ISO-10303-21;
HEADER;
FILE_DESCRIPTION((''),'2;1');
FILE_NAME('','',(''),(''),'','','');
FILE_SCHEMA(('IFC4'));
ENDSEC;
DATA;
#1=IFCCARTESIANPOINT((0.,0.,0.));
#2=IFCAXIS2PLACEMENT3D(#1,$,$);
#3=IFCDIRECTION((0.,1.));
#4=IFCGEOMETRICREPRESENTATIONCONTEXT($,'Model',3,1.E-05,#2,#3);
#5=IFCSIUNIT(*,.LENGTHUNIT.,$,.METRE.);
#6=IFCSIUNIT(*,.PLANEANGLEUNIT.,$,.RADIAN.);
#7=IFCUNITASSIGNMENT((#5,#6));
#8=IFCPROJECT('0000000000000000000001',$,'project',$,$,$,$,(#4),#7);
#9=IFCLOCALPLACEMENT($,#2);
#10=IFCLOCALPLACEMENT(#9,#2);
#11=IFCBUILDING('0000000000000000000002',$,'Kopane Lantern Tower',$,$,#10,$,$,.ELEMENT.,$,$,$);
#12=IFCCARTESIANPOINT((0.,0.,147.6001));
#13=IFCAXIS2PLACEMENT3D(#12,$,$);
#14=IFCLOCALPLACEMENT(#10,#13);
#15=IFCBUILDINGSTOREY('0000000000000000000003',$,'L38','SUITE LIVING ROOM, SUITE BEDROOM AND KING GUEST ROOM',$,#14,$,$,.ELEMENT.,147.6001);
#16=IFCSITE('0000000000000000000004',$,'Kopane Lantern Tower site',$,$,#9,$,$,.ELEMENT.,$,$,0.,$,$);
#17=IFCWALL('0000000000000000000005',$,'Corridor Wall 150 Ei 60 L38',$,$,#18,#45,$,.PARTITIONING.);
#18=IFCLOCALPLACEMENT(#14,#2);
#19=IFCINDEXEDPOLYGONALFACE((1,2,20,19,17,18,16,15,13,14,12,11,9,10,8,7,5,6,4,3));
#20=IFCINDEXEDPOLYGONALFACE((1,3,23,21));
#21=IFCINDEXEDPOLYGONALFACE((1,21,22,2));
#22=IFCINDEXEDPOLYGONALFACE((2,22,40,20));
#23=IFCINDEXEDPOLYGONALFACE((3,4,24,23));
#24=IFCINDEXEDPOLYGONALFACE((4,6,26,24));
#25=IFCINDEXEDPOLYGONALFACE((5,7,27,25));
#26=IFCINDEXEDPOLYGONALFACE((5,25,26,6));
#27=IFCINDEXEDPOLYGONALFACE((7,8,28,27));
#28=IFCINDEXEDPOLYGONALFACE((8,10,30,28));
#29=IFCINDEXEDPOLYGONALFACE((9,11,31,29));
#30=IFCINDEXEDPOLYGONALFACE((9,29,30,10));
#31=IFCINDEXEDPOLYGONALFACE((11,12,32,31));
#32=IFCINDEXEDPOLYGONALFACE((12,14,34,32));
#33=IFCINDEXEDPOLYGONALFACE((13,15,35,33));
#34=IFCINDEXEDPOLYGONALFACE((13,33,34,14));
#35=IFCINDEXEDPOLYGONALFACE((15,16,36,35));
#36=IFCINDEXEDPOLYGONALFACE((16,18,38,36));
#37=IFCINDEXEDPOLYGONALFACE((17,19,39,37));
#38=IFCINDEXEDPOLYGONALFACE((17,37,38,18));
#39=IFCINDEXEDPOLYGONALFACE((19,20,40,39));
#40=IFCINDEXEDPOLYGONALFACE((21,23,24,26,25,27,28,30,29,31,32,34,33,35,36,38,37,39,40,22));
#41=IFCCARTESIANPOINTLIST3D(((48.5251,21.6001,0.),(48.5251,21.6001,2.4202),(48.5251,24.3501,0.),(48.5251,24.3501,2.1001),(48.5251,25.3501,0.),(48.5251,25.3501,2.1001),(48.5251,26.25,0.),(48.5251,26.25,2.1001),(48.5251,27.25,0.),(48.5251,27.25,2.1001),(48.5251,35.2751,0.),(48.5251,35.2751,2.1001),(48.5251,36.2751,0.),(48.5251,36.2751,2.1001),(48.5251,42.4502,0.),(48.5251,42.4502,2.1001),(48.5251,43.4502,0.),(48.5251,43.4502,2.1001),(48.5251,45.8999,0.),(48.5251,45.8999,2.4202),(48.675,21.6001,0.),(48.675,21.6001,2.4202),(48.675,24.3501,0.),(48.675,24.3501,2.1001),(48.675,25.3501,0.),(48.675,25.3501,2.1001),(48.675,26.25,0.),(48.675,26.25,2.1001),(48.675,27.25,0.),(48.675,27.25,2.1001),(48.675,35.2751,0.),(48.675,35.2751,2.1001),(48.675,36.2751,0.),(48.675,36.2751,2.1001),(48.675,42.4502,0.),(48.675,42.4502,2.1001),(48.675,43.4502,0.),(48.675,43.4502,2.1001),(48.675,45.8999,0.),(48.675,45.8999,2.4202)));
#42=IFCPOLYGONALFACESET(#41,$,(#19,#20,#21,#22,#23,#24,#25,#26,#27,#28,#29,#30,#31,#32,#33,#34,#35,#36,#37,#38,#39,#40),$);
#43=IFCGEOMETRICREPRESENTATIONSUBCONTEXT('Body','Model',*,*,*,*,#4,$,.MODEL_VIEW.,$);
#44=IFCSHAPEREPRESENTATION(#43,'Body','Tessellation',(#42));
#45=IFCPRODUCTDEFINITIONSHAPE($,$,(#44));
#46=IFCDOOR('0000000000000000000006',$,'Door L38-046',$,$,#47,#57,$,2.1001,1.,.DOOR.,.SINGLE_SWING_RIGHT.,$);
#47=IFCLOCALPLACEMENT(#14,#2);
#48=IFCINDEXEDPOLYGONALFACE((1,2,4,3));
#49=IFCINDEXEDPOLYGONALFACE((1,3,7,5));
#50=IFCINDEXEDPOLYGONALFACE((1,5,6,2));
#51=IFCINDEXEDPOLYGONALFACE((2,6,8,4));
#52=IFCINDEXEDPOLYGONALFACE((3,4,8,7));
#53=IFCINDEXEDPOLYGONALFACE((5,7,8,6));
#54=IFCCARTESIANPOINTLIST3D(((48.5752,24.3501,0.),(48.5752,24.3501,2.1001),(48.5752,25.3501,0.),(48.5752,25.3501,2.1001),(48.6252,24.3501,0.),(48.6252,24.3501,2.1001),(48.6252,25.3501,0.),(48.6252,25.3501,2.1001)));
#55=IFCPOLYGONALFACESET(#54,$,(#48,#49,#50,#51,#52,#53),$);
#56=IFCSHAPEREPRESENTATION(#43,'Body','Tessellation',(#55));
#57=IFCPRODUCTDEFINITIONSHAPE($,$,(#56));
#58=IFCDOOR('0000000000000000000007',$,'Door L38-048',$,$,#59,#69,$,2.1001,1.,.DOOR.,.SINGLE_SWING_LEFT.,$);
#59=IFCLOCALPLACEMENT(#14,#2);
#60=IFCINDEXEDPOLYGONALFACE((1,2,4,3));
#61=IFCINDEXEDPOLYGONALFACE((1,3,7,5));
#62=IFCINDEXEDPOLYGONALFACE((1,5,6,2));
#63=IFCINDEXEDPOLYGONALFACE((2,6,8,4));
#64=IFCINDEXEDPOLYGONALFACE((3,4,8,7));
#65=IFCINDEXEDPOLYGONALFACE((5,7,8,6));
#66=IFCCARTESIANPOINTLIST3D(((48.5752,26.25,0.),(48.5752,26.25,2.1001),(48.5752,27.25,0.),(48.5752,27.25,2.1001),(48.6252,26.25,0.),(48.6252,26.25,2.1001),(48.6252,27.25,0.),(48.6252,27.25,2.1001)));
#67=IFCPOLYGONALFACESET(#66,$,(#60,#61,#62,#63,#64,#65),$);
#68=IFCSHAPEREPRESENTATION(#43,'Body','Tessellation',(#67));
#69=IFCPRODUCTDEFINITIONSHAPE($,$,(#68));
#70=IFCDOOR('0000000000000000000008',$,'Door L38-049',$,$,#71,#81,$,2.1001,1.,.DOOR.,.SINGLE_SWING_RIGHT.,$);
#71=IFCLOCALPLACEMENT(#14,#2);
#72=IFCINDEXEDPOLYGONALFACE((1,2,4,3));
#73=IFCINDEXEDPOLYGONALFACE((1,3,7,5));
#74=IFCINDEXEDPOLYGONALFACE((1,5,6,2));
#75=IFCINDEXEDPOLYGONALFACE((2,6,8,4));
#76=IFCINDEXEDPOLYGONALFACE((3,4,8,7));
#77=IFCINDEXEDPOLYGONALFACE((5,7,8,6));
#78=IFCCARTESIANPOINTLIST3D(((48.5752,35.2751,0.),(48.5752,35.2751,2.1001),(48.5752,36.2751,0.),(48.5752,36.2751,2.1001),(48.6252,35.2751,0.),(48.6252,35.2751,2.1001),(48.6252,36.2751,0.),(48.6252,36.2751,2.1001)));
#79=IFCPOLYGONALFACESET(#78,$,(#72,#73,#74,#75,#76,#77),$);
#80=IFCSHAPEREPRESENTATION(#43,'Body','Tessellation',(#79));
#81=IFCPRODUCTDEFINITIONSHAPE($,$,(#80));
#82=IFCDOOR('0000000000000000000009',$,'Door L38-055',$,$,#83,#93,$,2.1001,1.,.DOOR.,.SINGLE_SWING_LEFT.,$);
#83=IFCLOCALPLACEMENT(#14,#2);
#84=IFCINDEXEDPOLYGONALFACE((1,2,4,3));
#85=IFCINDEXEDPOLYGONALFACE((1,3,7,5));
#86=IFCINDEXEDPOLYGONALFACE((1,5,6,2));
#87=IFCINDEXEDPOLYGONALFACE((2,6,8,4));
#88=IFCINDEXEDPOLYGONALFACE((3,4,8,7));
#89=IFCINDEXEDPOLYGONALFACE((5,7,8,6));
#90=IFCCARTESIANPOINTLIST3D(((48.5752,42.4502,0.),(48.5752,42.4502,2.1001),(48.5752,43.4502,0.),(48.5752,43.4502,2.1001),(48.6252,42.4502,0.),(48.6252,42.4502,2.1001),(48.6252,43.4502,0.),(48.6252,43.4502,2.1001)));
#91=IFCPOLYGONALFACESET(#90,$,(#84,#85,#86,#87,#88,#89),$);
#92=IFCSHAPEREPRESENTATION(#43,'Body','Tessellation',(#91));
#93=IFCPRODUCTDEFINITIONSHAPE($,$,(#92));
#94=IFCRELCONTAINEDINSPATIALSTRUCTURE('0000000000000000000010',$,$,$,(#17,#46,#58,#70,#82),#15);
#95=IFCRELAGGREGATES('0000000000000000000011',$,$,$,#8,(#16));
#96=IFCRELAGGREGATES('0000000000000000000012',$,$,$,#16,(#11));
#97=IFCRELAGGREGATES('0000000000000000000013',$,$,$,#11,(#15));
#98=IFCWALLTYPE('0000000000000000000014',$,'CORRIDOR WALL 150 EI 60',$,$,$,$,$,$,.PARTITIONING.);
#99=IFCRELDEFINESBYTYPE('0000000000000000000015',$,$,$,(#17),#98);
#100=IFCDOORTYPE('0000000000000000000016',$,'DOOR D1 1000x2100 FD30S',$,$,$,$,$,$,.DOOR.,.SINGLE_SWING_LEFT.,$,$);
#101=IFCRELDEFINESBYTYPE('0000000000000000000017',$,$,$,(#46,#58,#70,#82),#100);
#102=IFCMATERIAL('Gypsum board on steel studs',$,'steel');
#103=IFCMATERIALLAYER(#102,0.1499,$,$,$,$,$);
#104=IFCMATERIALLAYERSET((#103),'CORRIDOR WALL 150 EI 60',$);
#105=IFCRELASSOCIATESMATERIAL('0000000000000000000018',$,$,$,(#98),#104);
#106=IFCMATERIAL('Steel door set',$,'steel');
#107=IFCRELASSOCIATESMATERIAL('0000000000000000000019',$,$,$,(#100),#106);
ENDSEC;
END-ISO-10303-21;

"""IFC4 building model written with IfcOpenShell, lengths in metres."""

from ifc_helpers import new_model, si_unit, direction, frame, frame_2d, origin, place, context, subcontext, project, spatial, rectangle, extrude, material, layer, layer_set, type_object, element, fill, save


model = new_model("IFC4")

# Units and contexts
model_context = context("Model", 3, precision=1e-05, world=origin(), true_north=direction((0.0, 1.0)))
body_context = subcontext(model_context, "Body", "Model", "MODEL_VIEW")
ifc_project = project(units=[si_unit("LENGTHUNIT", "METRE"), si_unit("PLANEANGLEUNIT", "RADIAN")], contexts=[model_context])

# Site, building, storey
site_placement = place(None, origin())
site = spatial("IfcSite", under=ifc_project, at=site_placement, Name="Kopane Lantern Tower site", CompositionType="ELEMENT", RefElevation=0.0)
building_placement = place(site_placement, origin())
building = spatial("IfcBuilding", under=site, at=building_placement, Name="Kopane Lantern Tower", CompositionType="ELEMENT")
storey_placement = place(building_placement, frame((0.0, 0.0, 147.6001)))
storey = spatial("IfcBuildingStorey", under=building, at=storey_placement, Name="L38", Description="SUITE LIVING ROOM, SUITE BEDROOM AND KING GUEST ROOM", CompositionType="ELEMENT", Elevation=147.6001)

# Wall, openings, doors
ifc_material_1 = material(Name="Gypsum board on steel studs", Category="steel")
ifc_layer_1 = layer(ifc_material_1, 0.1499)
ifc_layer_set_1 = layer_set([ifc_layer_1], Name="CORRIDOR WALL 150 EI 60")
wall_type_1 = type_object("IfcWallType", Name="CORRIDOR WALL 150 EI 60", PredefinedType="PARTITIONING", material=ifc_layer_set_1)
wall_1_placement = place(storey_placement, frame((48.6001, 21.6001, 0.0), z_axis=(0.0, 0.0, 1.0), x_axis=(0.0, 1.0, 0.0)))
wall_1 = element("IfcWall", 1, at=wall_1_placement, inside=storey, type_object=wall_type_1, Name="Corridor Wall 150 Ei 60 L38", PredefinedType="PARTITIONING", context=body_context, shape_type="SweptSolid", body=[
    extrude(rectangle(XDim=24.2998, YDim=0.1499, at=frame_2d((12.1499, 0.0))), origin(), (0.0, 0.0, 1.0), 2.4202),
])
opening_1_placement = place(wall_1_placement, frame((2.75, 0.0, 0.0)))
opening_1 = element("IfcOpeningElement", 2, at=opening_1_placement, cuts=wall_1, PredefinedType="OPENING", context=body_context, shape_type="SweptSolid", body=[
    extrude(rectangle(XDim=1.0, YDim=2.1001, at=frame_2d((0.5, 1.05))), frame((0.0, 0.085, 0.0), z_axis=(0.0, -1.0, 0.0), x_axis=(1.0, 0.0, 0.0)), (0.0, 0.0, 1.0), 0.1699),
])
opening_2_placement = place(wall_1_placement, frame((4.6499, 0.0, 0.0)))
opening_2 = element("IfcOpeningElement", 3, at=opening_2_placement, cuts=wall_1, PredefinedType="OPENING", context=body_context, shape_type="SweptSolid", body=[
    extrude(rectangle(XDim=1.0, YDim=2.1001, at=frame_2d((0.5, 1.05))), frame((0.0, 0.085, 0.0), z_axis=(0.0, -1.0, 0.0), x_axis=(1.0, 0.0, 0.0)), (0.0, 0.0, 1.0), 0.1699),
])
opening_3_placement = place(wall_1_placement, frame((13.675, 0.0, 0.0)))
opening_3 = element("IfcOpeningElement", 4, at=opening_3_placement, cuts=wall_1, PredefinedType="OPENING", context=body_context, shape_type="SweptSolid", body=[
    extrude(rectangle(XDim=1.0, YDim=2.1001, at=frame_2d((0.5, 1.05))), frame((0.0, 0.085, 0.0), z_axis=(0.0, -1.0, 0.0), x_axis=(1.0, 0.0, 0.0)), (0.0, 0.0, 1.0), 0.1699),
])
opening_4_placement = place(wall_1_placement, frame((20.8501, 0.0, 0.0)))
opening_4 = element("IfcOpeningElement", 5, at=opening_4_placement, cuts=wall_1, PredefinedType="OPENING", context=body_context, shape_type="SweptSolid", body=[
    extrude(rectangle(XDim=1.0, YDim=2.1001, at=frame_2d((0.5, 1.05))), frame((0.0, 0.085, 0.0), z_axis=(0.0, -1.0, 0.0), x_axis=(1.0, 0.0, 0.0)), (0.0, 0.0, 1.0), 0.1699),
])
ifc_material_2 = material(Name="Steel door set", Category="steel")
door_type_1 = type_object("IfcDoorType", Name="DOOR D1 1000x2100 FD30S", OperationType="SINGLE_SWING_LEFT", PredefinedType="DOOR", material=ifc_material_2)
door_1_placement = place(opening_1_placement, origin())
door_1 = element("IfcDoor", 6, at=door_1_placement, inside=storey, type_object=door_type_1, Name="Door L38-046", OperationType="SINGLE_SWING_RIGHT", OverallHeight=2.1001, OverallWidth=1.0, PredefinedType="DOOR", context=body_context, shape_type="SweptSolid", body=[
    extrude(rectangle(XDim=1.0, YDim=2.1001, at=frame_2d((0.5, 1.05))), frame((0.0, 0.0249, 0.0), z_axis=(0.0, -1.0, 0.0), x_axis=(1.0, 0.0, 0.0)), (0.0, 0.0, 1.0), 0.05),
])
fill(opening_1, door_1)
door_2_placement = place(opening_2_placement, origin())
door_2 = element("IfcDoor", 7, at=door_2_placement, inside=storey, type_object=door_type_1, Name="Door L38-048", OperationType="SINGLE_SWING_LEFT", OverallHeight=2.1001, OverallWidth=1.0, PredefinedType="DOOR", context=body_context, shape_type="SweptSolid", body=[
    extrude(rectangle(XDim=1.0, YDim=2.1001, at=frame_2d((0.5, 1.05))), frame((0.0, 0.0249, 0.0), z_axis=(0.0, -1.0, 0.0), x_axis=(1.0, 0.0, 0.0)), (0.0, 0.0, 1.0), 0.05),
])
fill(opening_2, door_2)
door_3_placement = place(opening_3_placement, origin())
door_3 = element("IfcDoor", 8, at=door_3_placement, inside=storey, type_object=door_type_1, Name="Door L38-049", OperationType="SINGLE_SWING_RIGHT", OverallHeight=2.1001, OverallWidth=1.0, PredefinedType="DOOR", context=body_context, shape_type="SweptSolid", body=[
    extrude(rectangle(XDim=1.0, YDim=2.1001, at=frame_2d((0.5, 1.05))), frame((0.0, 0.0249, 0.0), z_axis=(0.0, -1.0, 0.0), x_axis=(1.0, 0.0, 0.0)), (0.0, 0.0, 1.0), 0.05),
])
fill(opening_3, door_3)
door_4_placement = place(opening_4_placement, origin())
door_4 = element("IfcDoor", 9, at=door_4_placement, inside=storey, type_object=door_type_1, Name="Door L38-055", OperationType="SINGLE_SWING_LEFT", OverallHeight=2.1001, OverallWidth=1.0, PredefinedType="DOOR", context=body_context, shape_type="SweptSolid", body=[
    extrude(rectangle(XDim=1.0, YDim=2.1001, at=frame_2d((0.5, 1.05))), frame((0.0, 0.0249, 0.0), z_axis=(0.0, -1.0, 0.0), x_axis=(1.0, 0.0, 0.0)), (0.0, 0.0, 1.0), 0.05),
])
fill(opening_4, door_4)

save(model, "model.ifc")
